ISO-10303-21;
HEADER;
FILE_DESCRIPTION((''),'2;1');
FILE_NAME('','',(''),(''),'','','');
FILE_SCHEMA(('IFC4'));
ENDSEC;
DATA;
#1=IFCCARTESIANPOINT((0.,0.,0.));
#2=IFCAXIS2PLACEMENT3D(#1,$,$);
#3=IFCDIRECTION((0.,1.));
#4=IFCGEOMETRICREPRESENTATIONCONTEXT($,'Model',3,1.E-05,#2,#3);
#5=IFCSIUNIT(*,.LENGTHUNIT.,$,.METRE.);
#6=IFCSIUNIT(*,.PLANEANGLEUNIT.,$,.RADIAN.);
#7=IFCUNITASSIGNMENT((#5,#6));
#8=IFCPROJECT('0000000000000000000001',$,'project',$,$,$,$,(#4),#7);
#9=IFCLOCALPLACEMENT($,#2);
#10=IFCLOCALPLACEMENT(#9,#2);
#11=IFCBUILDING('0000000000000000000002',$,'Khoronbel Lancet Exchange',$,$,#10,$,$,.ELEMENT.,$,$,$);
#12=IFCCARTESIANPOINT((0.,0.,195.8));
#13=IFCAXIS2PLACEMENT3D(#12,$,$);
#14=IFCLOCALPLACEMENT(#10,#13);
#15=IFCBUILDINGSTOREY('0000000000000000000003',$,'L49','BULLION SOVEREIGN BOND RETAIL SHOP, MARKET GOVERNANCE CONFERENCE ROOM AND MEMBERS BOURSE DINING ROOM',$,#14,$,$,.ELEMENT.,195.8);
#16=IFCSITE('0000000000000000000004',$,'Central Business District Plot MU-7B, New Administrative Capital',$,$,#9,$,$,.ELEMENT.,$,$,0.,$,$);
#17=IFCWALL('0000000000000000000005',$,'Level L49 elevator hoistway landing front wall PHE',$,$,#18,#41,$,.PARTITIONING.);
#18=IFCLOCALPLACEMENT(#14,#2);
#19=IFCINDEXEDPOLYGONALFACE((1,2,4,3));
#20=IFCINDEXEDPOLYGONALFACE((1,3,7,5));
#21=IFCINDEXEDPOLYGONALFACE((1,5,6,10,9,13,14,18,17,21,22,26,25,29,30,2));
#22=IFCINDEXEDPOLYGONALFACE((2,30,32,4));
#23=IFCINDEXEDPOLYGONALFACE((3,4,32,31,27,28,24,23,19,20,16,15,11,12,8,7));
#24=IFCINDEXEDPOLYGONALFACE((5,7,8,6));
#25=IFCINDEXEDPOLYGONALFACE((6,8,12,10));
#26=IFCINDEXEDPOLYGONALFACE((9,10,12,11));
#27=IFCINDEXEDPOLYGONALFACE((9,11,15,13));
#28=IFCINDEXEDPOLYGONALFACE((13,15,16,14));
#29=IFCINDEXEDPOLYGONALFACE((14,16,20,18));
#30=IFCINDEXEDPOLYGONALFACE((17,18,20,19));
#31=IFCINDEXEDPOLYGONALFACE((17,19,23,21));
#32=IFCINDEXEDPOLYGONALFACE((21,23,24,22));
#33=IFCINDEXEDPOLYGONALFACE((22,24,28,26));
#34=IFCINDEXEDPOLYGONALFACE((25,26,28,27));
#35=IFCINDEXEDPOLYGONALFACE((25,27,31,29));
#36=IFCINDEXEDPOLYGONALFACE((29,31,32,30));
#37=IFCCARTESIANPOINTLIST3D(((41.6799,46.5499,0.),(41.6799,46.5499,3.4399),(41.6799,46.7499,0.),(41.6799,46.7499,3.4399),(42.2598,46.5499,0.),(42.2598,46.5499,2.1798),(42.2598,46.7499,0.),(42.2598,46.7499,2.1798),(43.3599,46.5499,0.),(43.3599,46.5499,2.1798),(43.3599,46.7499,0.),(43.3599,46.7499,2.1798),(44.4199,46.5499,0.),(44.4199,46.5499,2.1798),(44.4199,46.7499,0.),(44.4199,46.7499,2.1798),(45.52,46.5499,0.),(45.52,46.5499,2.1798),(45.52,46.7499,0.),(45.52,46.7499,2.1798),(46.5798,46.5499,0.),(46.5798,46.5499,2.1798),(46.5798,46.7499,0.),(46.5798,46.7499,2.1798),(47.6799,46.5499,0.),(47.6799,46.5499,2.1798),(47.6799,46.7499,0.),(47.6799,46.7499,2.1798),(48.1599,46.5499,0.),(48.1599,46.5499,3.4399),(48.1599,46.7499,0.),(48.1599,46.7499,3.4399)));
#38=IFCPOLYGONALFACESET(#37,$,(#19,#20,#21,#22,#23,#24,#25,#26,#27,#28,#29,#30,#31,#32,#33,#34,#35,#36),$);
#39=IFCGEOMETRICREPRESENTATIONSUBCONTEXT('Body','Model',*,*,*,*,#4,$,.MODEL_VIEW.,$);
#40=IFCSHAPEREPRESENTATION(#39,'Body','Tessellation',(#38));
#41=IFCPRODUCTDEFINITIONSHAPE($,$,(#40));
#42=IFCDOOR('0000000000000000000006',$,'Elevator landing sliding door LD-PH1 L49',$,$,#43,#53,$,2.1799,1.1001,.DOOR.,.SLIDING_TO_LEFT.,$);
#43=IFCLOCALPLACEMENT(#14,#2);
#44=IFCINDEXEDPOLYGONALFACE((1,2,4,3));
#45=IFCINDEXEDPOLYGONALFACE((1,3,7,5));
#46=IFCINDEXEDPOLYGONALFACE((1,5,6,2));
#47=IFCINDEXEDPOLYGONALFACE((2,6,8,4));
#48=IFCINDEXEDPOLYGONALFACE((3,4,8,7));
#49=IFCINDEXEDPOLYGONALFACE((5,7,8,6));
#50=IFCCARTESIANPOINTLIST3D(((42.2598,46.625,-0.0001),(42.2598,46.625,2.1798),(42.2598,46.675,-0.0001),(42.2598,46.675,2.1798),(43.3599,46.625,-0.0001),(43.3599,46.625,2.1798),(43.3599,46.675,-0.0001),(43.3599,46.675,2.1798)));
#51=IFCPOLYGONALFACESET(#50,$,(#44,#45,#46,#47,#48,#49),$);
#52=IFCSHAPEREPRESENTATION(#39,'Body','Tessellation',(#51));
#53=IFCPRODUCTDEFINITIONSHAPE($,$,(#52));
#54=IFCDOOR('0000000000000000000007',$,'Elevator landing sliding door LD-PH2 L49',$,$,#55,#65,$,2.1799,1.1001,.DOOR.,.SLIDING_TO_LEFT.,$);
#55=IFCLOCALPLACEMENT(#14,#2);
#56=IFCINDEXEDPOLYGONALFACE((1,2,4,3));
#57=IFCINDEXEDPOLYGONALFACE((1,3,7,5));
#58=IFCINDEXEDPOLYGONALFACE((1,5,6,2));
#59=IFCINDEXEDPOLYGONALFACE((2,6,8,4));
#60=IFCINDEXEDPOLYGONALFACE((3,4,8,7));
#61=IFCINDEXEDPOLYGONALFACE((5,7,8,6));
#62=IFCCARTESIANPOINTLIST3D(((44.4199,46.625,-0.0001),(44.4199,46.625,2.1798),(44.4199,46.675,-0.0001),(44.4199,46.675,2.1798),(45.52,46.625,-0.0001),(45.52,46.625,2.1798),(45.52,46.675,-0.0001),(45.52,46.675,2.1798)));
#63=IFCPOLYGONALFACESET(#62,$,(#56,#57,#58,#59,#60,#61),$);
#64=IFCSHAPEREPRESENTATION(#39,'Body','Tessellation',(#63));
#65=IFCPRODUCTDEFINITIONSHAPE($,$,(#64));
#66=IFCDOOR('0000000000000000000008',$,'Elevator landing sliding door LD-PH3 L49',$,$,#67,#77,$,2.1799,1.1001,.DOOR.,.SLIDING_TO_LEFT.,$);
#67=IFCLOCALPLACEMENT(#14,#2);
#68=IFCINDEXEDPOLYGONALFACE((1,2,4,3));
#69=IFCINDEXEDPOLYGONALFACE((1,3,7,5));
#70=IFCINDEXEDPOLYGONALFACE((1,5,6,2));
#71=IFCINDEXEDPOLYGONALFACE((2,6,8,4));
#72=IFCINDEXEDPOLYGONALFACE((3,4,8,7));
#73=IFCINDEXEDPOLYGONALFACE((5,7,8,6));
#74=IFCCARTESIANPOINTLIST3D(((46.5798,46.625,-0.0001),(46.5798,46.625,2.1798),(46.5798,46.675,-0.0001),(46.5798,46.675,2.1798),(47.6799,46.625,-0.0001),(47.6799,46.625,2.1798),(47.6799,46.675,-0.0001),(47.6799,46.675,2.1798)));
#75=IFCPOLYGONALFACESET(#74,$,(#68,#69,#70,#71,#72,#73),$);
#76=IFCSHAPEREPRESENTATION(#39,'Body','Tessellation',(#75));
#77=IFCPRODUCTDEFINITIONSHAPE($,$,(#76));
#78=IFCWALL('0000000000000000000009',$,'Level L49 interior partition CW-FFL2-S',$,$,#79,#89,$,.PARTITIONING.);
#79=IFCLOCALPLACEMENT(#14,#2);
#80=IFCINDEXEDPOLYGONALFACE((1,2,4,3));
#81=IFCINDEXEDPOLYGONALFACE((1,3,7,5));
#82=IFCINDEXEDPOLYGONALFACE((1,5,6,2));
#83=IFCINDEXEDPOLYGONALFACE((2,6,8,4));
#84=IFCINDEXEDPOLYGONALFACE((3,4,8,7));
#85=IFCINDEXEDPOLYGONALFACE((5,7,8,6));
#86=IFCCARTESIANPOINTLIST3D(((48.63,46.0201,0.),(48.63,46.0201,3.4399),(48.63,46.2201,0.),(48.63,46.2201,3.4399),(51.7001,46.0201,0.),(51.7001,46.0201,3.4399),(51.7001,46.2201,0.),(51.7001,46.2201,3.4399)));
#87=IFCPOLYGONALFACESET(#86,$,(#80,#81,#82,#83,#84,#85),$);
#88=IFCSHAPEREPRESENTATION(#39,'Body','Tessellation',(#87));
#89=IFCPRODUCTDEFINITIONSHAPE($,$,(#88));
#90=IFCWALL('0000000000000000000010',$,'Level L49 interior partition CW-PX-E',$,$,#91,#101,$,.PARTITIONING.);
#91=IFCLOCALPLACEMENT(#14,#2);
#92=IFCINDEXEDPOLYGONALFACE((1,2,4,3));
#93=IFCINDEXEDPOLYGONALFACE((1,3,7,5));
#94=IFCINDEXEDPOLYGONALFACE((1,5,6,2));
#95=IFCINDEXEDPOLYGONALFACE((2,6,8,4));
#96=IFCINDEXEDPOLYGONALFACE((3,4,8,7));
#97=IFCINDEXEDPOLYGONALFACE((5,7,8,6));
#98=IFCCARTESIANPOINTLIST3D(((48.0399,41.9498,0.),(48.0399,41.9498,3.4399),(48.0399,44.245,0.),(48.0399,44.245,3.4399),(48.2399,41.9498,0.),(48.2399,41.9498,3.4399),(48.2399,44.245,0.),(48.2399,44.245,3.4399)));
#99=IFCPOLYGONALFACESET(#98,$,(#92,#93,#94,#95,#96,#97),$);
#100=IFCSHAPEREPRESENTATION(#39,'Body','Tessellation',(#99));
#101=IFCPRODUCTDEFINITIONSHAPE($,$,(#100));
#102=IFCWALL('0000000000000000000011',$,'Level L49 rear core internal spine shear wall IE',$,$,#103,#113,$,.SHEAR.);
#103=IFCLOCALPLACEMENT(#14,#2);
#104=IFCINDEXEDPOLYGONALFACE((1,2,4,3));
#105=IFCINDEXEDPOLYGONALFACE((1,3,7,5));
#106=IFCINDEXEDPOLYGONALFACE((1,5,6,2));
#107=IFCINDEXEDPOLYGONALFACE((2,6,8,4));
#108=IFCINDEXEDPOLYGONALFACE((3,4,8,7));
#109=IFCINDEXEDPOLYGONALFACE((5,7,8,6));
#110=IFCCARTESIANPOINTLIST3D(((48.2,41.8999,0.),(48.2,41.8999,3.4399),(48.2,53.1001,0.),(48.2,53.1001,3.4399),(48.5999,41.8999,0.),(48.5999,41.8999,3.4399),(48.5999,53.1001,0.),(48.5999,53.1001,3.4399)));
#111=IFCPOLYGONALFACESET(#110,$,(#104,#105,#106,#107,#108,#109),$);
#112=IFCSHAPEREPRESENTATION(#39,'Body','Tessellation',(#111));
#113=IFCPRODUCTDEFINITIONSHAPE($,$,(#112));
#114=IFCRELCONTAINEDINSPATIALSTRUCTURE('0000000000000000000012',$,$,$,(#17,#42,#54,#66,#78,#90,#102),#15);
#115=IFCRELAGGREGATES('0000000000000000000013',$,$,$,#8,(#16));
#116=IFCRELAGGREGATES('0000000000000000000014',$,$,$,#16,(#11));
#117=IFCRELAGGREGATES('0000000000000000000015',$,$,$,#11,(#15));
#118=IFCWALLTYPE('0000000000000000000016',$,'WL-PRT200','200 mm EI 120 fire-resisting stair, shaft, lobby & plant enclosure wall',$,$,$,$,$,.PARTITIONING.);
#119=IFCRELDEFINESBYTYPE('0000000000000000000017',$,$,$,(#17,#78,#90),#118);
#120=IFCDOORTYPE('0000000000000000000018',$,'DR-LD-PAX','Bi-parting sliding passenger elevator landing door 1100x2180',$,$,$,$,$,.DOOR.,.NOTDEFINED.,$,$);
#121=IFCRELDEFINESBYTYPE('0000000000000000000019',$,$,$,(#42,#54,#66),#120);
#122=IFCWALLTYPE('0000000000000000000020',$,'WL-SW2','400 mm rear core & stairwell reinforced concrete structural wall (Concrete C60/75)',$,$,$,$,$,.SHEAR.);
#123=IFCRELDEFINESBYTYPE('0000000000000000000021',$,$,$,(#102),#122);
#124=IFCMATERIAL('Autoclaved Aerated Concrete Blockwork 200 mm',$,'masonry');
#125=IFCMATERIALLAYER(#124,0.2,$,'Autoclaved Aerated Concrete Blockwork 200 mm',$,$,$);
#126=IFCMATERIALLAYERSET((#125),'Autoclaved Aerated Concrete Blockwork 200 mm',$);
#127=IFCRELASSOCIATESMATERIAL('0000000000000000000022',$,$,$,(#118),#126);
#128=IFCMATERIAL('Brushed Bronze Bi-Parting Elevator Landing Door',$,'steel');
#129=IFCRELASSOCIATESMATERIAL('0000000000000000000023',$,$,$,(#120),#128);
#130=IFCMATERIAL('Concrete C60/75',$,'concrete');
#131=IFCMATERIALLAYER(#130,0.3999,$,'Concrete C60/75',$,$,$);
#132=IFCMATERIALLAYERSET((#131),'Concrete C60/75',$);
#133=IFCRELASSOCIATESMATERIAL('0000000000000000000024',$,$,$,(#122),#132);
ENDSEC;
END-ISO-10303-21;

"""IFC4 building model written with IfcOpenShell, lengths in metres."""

from ifc_helpers import new_model, si_unit, direction, frame, frame_2d, origin, place, context, subcontext, project, spatial, rectangle, extrude, material, layer, layer_set, type_object, element, fill, save


model = new_model("IFC4")

# Units and contexts
model_context = context("Model", 3, precision=1e-05, world=origin(), true_north=direction((0.0, 1.0)))
body_context = subcontext(model_context, "Body", "Model", "MODEL_VIEW")
ifc_project = project(units=[si_unit("LENGTHUNIT", "METRE"), si_unit("PLANEANGLEUNIT", "RADIAN")], contexts=[model_context])

# Site, building, storey
site_placement = place(None, origin())
site = spatial("IfcSite", under=ifc_project, at=site_placement, Name="Central Business District Plot MU-7B, New Administrative Capital", CompositionType="ELEMENT", RefElevation=0.0)
building_placement = place(site_placement, origin())
building = spatial("IfcBuilding", under=site, at=building_placement, Name="Khoronbel Lancet Exchange", CompositionType="ELEMENT")
storey_placement = place(building_placement, frame((0.0, 0.0, 195.8)))
storey = spatial("IfcBuildingStorey", under=building, at=storey_placement, Name="L49", Description="BULLION SOVEREIGN BOND RETAIL SHOP, MARKET GOVERNANCE CONFERENCE ROOM AND MEMBERS BOURSE DINING ROOM", CompositionType="ELEMENT", Elevation=195.8)

# Shared definitions
ifc_material_1 = material(Name="Autoclaved Aerated Concrete Blockwork 200 mm", Category="masonry")
ifc_layer_1 = layer(ifc_material_1, 0.2, Name="Autoclaved Aerated Concrete Blockwork 200 mm")
ifc_layer_set_1 = layer_set([ifc_layer_1], Name="Autoclaved Aerated Concrete Blockwork 200 mm")
wall_type_1 = type_object("IfcWallType", Name="WL-PRT200", Description="200 mm EI 120 fire-resisting stair, shaft, lobby & plant enclosure wall", PredefinedType="PARTITIONING", material=ifc_layer_set_1)

# Wall, openings, doors
wall_1_placement = place(storey_placement, frame((48.1599, 46.6499, 0.0), z_axis=(0.0, 0.0, 1.0), x_axis=(-1.0, 0.0, 0.0)))
wall_1 = element("IfcWall", 1, at=wall_1_placement, inside=storey, type_object=wall_type_1, Name="Level L49 elevator hoistway landing front wall PHE", PredefinedType="PARTITIONING", context=body_context, shape_type="SweptSolid", body=[
    extrude(rectangle(XDim=6.48, YDim=0.2, at=frame_2d((3.24, 0.0))), origin(), (0.0, 0.0, 1.0), 3.4399),
])
opening_1_placement = place(wall_1_placement, frame((4.8, 0.0, 0.0)))
opening_1 = element("IfcOpeningElement", 2, at=opening_1_placement, cuts=wall_1, PredefinedType="OPENING", context=body_context, shape_type="SweptSolid", body=[
    extrude(rectangle(XDim=1.1001, YDim=2.1799, at=frame_2d((0.55, 1.0898))), frame((0.0, 0.1099, 0.0), z_axis=(0.0, -1.0, 0.0), x_axis=(1.0, 0.0, 0.0)), (0.0, 0.0, 1.0), 0.22),
])
opening_2_placement = place(wall_1_placement, frame((2.6399, 0.0, 0.0)))
opening_2 = element("IfcOpeningElement", 3, at=opening_2_placement, cuts=wall_1, PredefinedType="OPENING", context=body_context, shape_type="SweptSolid", body=[
    extrude(rectangle(XDim=1.1001, YDim=2.1799, at=frame_2d((0.55, 1.0898))), frame((0.0, 0.1099, 0.0), z_axis=(0.0, -1.0, 0.0), x_axis=(1.0, 0.0, 0.0)), (0.0, 0.0, 1.0), 0.22),
])
opening_3_placement = place(wall_1_placement, frame((0.48, 0.0, 0.0)))
opening_3 = element("IfcOpeningElement", 4, at=opening_3_placement, cuts=wall_1, PredefinedType="OPENING", context=body_context, shape_type="SweptSolid", body=[
    extrude(rectangle(XDim=1.1001, YDim=2.1799, at=frame_2d((0.55, 1.0898))), frame((0.0, 0.1099, 0.0), z_axis=(0.0, -1.0, 0.0), x_axis=(1.0, 0.0, 0.0)), (0.0, 0.0, 1.0), 0.22),
])
ifc_material_2 = material(Name="Brushed Bronze Bi-Parting Elevator Landing Door", Category="steel")
door_type_1 = type_object("IfcDoorType", Name="DR-LD-PAX", Description="Bi-parting sliding passenger elevator landing door 1100x2180", OperationType="NOTDEFINED", PredefinedType="DOOR", material=ifc_material_2)
door_1_placement = place(opening_1_placement, origin())
door_1 = element("IfcDoor", 5, at=door_1_placement, inside=storey, type_object=door_type_1, Name="Elevator landing sliding door LD-PH1 L49", OperationType="SLIDING_TO_LEFT", OverallHeight=2.1799, OverallWidth=1.1001, PredefinedType="DOOR", context=body_context, shape_type="SweptSolid", body=[
    extrude(rectangle(XDim=1.1001, YDim=2.1799, at=frame_2d((0.55, 1.0898))), frame((0.0, 0.0249, 0.0), z_axis=(0.0, -1.0, 0.0), x_axis=(1.0, 0.0, 0.0)), (0.0, 0.0, 1.0), 0.05),
])
fill(opening_1, door_1)
door_2_placement = place(opening_2_placement, origin())
door_2 = element("IfcDoor", 6, at=door_2_placement, inside=storey, type_object=door_type_1, Name="Elevator landing sliding door LD-PH2 L49", OperationType="SLIDING_TO_LEFT", OverallHeight=2.1799, OverallWidth=1.1001, PredefinedType="DOOR", context=body_context, shape_type="SweptSolid", body=[
    extrude(rectangle(XDim=1.1001, YDim=2.1799, at=frame_2d((0.55, 1.0898))), frame((0.0, 0.0249, 0.0), z_axis=(0.0, -1.0, 0.0), x_axis=(1.0, 0.0, 0.0)), (0.0, 0.0, 1.0), 0.05),
])
fill(opening_2, door_2)
door_3_placement = place(opening_3_placement, origin())
door_3 = element("IfcDoor", 7, at=door_3_placement, inside=storey, type_object=door_type_1, Name="Elevator landing sliding door LD-PH3 L49", OperationType="SLIDING_TO_LEFT", OverallHeight=2.1799, OverallWidth=1.1001, PredefinedType="DOOR", context=body_context, shape_type="SweptSolid", body=[
    extrude(rectangle(XDim=1.1001, YDim=2.1799, at=frame_2d((0.55, 1.0898))), frame((0.0, 0.0249, 0.0), z_axis=(0.0, -1.0, 0.0), x_axis=(1.0, 0.0, 0.0)), (0.0, 0.0, 1.0), 0.05),
])
fill(opening_3, door_3)

# Wall
wall_2_placement = place(storey_placement, frame((48.6299, 46.1201, 0.0), z_axis=(0.0, 0.0, 1.0), x_axis=(1.0, 0.0, 0.0)))
element("IfcWall", 8, at=wall_2_placement, inside=storey, type_object=wall_type_1, Name="Level L49 interior partition CW-FFL2-S", PredefinedType="PARTITIONING", context=body_context, shape_type="SweptSolid", body=[
    extrude(rectangle(XDim=3.0701, YDim=0.2, at=frame_2d((1.5352, 0.0))), origin(), (0.0, 0.0, 1.0), 3.4399),
])

# Walls
wall_3_placement = place(storey_placement, frame((48.1399, 41.95, 0.0), z_axis=(0.0, 0.0, 1.0), x_axis=(0.0, 1.0, 0.0)))
element("IfcWall", 9, at=wall_3_placement, inside=storey, type_object=wall_type_1, Name="Level L49 interior partition CW-PX-E", PredefinedType="PARTITIONING", context=body_context, shape_type="SweptSolid", body=[
    extrude(rectangle(XDim=2.2952, YDim=0.2, at=frame_2d((1.1475, 0.0))), origin(), (0.0, 0.0, 1.0), 3.4399),
])
ifc_material_3 = material(Name="Concrete C60/75", Category="concrete")
ifc_layer_2 = layer(ifc_material_3, 0.3999, Name="Concrete C60/75")
ifc_layer_set_2 = layer_set([ifc_layer_2], Name="Concrete C60/75")
wall_type_2 = type_object("IfcWallType", Name="WL-SW2", Description="400 mm rear core & stairwell reinforced concrete structural wall (Concrete C60/75)", PredefinedType="SHEAR", material=ifc_layer_set_2)
wall_4_placement = place(storey_placement, frame((48.3999, 41.8999, 0.0), z_axis=(0.0, 0.0, 1.0), x_axis=(0.0, 1.0, 0.0)))
element("IfcWall", 10, at=wall_4_placement, inside=storey, type_object=wall_type_2, Name="Level L49 rear core internal spine shear wall IE", PredefinedType="SHEAR", context=body_context, shape_type="SweptSolid", body=[
    extrude(rectangle(XDim=11.2002, YDim=0.3999, at=frame_2d((5.6001, 0.0))), origin(), (0.0, 0.0, 1.0), 3.4399),
])

save(model, "model.ifc")
